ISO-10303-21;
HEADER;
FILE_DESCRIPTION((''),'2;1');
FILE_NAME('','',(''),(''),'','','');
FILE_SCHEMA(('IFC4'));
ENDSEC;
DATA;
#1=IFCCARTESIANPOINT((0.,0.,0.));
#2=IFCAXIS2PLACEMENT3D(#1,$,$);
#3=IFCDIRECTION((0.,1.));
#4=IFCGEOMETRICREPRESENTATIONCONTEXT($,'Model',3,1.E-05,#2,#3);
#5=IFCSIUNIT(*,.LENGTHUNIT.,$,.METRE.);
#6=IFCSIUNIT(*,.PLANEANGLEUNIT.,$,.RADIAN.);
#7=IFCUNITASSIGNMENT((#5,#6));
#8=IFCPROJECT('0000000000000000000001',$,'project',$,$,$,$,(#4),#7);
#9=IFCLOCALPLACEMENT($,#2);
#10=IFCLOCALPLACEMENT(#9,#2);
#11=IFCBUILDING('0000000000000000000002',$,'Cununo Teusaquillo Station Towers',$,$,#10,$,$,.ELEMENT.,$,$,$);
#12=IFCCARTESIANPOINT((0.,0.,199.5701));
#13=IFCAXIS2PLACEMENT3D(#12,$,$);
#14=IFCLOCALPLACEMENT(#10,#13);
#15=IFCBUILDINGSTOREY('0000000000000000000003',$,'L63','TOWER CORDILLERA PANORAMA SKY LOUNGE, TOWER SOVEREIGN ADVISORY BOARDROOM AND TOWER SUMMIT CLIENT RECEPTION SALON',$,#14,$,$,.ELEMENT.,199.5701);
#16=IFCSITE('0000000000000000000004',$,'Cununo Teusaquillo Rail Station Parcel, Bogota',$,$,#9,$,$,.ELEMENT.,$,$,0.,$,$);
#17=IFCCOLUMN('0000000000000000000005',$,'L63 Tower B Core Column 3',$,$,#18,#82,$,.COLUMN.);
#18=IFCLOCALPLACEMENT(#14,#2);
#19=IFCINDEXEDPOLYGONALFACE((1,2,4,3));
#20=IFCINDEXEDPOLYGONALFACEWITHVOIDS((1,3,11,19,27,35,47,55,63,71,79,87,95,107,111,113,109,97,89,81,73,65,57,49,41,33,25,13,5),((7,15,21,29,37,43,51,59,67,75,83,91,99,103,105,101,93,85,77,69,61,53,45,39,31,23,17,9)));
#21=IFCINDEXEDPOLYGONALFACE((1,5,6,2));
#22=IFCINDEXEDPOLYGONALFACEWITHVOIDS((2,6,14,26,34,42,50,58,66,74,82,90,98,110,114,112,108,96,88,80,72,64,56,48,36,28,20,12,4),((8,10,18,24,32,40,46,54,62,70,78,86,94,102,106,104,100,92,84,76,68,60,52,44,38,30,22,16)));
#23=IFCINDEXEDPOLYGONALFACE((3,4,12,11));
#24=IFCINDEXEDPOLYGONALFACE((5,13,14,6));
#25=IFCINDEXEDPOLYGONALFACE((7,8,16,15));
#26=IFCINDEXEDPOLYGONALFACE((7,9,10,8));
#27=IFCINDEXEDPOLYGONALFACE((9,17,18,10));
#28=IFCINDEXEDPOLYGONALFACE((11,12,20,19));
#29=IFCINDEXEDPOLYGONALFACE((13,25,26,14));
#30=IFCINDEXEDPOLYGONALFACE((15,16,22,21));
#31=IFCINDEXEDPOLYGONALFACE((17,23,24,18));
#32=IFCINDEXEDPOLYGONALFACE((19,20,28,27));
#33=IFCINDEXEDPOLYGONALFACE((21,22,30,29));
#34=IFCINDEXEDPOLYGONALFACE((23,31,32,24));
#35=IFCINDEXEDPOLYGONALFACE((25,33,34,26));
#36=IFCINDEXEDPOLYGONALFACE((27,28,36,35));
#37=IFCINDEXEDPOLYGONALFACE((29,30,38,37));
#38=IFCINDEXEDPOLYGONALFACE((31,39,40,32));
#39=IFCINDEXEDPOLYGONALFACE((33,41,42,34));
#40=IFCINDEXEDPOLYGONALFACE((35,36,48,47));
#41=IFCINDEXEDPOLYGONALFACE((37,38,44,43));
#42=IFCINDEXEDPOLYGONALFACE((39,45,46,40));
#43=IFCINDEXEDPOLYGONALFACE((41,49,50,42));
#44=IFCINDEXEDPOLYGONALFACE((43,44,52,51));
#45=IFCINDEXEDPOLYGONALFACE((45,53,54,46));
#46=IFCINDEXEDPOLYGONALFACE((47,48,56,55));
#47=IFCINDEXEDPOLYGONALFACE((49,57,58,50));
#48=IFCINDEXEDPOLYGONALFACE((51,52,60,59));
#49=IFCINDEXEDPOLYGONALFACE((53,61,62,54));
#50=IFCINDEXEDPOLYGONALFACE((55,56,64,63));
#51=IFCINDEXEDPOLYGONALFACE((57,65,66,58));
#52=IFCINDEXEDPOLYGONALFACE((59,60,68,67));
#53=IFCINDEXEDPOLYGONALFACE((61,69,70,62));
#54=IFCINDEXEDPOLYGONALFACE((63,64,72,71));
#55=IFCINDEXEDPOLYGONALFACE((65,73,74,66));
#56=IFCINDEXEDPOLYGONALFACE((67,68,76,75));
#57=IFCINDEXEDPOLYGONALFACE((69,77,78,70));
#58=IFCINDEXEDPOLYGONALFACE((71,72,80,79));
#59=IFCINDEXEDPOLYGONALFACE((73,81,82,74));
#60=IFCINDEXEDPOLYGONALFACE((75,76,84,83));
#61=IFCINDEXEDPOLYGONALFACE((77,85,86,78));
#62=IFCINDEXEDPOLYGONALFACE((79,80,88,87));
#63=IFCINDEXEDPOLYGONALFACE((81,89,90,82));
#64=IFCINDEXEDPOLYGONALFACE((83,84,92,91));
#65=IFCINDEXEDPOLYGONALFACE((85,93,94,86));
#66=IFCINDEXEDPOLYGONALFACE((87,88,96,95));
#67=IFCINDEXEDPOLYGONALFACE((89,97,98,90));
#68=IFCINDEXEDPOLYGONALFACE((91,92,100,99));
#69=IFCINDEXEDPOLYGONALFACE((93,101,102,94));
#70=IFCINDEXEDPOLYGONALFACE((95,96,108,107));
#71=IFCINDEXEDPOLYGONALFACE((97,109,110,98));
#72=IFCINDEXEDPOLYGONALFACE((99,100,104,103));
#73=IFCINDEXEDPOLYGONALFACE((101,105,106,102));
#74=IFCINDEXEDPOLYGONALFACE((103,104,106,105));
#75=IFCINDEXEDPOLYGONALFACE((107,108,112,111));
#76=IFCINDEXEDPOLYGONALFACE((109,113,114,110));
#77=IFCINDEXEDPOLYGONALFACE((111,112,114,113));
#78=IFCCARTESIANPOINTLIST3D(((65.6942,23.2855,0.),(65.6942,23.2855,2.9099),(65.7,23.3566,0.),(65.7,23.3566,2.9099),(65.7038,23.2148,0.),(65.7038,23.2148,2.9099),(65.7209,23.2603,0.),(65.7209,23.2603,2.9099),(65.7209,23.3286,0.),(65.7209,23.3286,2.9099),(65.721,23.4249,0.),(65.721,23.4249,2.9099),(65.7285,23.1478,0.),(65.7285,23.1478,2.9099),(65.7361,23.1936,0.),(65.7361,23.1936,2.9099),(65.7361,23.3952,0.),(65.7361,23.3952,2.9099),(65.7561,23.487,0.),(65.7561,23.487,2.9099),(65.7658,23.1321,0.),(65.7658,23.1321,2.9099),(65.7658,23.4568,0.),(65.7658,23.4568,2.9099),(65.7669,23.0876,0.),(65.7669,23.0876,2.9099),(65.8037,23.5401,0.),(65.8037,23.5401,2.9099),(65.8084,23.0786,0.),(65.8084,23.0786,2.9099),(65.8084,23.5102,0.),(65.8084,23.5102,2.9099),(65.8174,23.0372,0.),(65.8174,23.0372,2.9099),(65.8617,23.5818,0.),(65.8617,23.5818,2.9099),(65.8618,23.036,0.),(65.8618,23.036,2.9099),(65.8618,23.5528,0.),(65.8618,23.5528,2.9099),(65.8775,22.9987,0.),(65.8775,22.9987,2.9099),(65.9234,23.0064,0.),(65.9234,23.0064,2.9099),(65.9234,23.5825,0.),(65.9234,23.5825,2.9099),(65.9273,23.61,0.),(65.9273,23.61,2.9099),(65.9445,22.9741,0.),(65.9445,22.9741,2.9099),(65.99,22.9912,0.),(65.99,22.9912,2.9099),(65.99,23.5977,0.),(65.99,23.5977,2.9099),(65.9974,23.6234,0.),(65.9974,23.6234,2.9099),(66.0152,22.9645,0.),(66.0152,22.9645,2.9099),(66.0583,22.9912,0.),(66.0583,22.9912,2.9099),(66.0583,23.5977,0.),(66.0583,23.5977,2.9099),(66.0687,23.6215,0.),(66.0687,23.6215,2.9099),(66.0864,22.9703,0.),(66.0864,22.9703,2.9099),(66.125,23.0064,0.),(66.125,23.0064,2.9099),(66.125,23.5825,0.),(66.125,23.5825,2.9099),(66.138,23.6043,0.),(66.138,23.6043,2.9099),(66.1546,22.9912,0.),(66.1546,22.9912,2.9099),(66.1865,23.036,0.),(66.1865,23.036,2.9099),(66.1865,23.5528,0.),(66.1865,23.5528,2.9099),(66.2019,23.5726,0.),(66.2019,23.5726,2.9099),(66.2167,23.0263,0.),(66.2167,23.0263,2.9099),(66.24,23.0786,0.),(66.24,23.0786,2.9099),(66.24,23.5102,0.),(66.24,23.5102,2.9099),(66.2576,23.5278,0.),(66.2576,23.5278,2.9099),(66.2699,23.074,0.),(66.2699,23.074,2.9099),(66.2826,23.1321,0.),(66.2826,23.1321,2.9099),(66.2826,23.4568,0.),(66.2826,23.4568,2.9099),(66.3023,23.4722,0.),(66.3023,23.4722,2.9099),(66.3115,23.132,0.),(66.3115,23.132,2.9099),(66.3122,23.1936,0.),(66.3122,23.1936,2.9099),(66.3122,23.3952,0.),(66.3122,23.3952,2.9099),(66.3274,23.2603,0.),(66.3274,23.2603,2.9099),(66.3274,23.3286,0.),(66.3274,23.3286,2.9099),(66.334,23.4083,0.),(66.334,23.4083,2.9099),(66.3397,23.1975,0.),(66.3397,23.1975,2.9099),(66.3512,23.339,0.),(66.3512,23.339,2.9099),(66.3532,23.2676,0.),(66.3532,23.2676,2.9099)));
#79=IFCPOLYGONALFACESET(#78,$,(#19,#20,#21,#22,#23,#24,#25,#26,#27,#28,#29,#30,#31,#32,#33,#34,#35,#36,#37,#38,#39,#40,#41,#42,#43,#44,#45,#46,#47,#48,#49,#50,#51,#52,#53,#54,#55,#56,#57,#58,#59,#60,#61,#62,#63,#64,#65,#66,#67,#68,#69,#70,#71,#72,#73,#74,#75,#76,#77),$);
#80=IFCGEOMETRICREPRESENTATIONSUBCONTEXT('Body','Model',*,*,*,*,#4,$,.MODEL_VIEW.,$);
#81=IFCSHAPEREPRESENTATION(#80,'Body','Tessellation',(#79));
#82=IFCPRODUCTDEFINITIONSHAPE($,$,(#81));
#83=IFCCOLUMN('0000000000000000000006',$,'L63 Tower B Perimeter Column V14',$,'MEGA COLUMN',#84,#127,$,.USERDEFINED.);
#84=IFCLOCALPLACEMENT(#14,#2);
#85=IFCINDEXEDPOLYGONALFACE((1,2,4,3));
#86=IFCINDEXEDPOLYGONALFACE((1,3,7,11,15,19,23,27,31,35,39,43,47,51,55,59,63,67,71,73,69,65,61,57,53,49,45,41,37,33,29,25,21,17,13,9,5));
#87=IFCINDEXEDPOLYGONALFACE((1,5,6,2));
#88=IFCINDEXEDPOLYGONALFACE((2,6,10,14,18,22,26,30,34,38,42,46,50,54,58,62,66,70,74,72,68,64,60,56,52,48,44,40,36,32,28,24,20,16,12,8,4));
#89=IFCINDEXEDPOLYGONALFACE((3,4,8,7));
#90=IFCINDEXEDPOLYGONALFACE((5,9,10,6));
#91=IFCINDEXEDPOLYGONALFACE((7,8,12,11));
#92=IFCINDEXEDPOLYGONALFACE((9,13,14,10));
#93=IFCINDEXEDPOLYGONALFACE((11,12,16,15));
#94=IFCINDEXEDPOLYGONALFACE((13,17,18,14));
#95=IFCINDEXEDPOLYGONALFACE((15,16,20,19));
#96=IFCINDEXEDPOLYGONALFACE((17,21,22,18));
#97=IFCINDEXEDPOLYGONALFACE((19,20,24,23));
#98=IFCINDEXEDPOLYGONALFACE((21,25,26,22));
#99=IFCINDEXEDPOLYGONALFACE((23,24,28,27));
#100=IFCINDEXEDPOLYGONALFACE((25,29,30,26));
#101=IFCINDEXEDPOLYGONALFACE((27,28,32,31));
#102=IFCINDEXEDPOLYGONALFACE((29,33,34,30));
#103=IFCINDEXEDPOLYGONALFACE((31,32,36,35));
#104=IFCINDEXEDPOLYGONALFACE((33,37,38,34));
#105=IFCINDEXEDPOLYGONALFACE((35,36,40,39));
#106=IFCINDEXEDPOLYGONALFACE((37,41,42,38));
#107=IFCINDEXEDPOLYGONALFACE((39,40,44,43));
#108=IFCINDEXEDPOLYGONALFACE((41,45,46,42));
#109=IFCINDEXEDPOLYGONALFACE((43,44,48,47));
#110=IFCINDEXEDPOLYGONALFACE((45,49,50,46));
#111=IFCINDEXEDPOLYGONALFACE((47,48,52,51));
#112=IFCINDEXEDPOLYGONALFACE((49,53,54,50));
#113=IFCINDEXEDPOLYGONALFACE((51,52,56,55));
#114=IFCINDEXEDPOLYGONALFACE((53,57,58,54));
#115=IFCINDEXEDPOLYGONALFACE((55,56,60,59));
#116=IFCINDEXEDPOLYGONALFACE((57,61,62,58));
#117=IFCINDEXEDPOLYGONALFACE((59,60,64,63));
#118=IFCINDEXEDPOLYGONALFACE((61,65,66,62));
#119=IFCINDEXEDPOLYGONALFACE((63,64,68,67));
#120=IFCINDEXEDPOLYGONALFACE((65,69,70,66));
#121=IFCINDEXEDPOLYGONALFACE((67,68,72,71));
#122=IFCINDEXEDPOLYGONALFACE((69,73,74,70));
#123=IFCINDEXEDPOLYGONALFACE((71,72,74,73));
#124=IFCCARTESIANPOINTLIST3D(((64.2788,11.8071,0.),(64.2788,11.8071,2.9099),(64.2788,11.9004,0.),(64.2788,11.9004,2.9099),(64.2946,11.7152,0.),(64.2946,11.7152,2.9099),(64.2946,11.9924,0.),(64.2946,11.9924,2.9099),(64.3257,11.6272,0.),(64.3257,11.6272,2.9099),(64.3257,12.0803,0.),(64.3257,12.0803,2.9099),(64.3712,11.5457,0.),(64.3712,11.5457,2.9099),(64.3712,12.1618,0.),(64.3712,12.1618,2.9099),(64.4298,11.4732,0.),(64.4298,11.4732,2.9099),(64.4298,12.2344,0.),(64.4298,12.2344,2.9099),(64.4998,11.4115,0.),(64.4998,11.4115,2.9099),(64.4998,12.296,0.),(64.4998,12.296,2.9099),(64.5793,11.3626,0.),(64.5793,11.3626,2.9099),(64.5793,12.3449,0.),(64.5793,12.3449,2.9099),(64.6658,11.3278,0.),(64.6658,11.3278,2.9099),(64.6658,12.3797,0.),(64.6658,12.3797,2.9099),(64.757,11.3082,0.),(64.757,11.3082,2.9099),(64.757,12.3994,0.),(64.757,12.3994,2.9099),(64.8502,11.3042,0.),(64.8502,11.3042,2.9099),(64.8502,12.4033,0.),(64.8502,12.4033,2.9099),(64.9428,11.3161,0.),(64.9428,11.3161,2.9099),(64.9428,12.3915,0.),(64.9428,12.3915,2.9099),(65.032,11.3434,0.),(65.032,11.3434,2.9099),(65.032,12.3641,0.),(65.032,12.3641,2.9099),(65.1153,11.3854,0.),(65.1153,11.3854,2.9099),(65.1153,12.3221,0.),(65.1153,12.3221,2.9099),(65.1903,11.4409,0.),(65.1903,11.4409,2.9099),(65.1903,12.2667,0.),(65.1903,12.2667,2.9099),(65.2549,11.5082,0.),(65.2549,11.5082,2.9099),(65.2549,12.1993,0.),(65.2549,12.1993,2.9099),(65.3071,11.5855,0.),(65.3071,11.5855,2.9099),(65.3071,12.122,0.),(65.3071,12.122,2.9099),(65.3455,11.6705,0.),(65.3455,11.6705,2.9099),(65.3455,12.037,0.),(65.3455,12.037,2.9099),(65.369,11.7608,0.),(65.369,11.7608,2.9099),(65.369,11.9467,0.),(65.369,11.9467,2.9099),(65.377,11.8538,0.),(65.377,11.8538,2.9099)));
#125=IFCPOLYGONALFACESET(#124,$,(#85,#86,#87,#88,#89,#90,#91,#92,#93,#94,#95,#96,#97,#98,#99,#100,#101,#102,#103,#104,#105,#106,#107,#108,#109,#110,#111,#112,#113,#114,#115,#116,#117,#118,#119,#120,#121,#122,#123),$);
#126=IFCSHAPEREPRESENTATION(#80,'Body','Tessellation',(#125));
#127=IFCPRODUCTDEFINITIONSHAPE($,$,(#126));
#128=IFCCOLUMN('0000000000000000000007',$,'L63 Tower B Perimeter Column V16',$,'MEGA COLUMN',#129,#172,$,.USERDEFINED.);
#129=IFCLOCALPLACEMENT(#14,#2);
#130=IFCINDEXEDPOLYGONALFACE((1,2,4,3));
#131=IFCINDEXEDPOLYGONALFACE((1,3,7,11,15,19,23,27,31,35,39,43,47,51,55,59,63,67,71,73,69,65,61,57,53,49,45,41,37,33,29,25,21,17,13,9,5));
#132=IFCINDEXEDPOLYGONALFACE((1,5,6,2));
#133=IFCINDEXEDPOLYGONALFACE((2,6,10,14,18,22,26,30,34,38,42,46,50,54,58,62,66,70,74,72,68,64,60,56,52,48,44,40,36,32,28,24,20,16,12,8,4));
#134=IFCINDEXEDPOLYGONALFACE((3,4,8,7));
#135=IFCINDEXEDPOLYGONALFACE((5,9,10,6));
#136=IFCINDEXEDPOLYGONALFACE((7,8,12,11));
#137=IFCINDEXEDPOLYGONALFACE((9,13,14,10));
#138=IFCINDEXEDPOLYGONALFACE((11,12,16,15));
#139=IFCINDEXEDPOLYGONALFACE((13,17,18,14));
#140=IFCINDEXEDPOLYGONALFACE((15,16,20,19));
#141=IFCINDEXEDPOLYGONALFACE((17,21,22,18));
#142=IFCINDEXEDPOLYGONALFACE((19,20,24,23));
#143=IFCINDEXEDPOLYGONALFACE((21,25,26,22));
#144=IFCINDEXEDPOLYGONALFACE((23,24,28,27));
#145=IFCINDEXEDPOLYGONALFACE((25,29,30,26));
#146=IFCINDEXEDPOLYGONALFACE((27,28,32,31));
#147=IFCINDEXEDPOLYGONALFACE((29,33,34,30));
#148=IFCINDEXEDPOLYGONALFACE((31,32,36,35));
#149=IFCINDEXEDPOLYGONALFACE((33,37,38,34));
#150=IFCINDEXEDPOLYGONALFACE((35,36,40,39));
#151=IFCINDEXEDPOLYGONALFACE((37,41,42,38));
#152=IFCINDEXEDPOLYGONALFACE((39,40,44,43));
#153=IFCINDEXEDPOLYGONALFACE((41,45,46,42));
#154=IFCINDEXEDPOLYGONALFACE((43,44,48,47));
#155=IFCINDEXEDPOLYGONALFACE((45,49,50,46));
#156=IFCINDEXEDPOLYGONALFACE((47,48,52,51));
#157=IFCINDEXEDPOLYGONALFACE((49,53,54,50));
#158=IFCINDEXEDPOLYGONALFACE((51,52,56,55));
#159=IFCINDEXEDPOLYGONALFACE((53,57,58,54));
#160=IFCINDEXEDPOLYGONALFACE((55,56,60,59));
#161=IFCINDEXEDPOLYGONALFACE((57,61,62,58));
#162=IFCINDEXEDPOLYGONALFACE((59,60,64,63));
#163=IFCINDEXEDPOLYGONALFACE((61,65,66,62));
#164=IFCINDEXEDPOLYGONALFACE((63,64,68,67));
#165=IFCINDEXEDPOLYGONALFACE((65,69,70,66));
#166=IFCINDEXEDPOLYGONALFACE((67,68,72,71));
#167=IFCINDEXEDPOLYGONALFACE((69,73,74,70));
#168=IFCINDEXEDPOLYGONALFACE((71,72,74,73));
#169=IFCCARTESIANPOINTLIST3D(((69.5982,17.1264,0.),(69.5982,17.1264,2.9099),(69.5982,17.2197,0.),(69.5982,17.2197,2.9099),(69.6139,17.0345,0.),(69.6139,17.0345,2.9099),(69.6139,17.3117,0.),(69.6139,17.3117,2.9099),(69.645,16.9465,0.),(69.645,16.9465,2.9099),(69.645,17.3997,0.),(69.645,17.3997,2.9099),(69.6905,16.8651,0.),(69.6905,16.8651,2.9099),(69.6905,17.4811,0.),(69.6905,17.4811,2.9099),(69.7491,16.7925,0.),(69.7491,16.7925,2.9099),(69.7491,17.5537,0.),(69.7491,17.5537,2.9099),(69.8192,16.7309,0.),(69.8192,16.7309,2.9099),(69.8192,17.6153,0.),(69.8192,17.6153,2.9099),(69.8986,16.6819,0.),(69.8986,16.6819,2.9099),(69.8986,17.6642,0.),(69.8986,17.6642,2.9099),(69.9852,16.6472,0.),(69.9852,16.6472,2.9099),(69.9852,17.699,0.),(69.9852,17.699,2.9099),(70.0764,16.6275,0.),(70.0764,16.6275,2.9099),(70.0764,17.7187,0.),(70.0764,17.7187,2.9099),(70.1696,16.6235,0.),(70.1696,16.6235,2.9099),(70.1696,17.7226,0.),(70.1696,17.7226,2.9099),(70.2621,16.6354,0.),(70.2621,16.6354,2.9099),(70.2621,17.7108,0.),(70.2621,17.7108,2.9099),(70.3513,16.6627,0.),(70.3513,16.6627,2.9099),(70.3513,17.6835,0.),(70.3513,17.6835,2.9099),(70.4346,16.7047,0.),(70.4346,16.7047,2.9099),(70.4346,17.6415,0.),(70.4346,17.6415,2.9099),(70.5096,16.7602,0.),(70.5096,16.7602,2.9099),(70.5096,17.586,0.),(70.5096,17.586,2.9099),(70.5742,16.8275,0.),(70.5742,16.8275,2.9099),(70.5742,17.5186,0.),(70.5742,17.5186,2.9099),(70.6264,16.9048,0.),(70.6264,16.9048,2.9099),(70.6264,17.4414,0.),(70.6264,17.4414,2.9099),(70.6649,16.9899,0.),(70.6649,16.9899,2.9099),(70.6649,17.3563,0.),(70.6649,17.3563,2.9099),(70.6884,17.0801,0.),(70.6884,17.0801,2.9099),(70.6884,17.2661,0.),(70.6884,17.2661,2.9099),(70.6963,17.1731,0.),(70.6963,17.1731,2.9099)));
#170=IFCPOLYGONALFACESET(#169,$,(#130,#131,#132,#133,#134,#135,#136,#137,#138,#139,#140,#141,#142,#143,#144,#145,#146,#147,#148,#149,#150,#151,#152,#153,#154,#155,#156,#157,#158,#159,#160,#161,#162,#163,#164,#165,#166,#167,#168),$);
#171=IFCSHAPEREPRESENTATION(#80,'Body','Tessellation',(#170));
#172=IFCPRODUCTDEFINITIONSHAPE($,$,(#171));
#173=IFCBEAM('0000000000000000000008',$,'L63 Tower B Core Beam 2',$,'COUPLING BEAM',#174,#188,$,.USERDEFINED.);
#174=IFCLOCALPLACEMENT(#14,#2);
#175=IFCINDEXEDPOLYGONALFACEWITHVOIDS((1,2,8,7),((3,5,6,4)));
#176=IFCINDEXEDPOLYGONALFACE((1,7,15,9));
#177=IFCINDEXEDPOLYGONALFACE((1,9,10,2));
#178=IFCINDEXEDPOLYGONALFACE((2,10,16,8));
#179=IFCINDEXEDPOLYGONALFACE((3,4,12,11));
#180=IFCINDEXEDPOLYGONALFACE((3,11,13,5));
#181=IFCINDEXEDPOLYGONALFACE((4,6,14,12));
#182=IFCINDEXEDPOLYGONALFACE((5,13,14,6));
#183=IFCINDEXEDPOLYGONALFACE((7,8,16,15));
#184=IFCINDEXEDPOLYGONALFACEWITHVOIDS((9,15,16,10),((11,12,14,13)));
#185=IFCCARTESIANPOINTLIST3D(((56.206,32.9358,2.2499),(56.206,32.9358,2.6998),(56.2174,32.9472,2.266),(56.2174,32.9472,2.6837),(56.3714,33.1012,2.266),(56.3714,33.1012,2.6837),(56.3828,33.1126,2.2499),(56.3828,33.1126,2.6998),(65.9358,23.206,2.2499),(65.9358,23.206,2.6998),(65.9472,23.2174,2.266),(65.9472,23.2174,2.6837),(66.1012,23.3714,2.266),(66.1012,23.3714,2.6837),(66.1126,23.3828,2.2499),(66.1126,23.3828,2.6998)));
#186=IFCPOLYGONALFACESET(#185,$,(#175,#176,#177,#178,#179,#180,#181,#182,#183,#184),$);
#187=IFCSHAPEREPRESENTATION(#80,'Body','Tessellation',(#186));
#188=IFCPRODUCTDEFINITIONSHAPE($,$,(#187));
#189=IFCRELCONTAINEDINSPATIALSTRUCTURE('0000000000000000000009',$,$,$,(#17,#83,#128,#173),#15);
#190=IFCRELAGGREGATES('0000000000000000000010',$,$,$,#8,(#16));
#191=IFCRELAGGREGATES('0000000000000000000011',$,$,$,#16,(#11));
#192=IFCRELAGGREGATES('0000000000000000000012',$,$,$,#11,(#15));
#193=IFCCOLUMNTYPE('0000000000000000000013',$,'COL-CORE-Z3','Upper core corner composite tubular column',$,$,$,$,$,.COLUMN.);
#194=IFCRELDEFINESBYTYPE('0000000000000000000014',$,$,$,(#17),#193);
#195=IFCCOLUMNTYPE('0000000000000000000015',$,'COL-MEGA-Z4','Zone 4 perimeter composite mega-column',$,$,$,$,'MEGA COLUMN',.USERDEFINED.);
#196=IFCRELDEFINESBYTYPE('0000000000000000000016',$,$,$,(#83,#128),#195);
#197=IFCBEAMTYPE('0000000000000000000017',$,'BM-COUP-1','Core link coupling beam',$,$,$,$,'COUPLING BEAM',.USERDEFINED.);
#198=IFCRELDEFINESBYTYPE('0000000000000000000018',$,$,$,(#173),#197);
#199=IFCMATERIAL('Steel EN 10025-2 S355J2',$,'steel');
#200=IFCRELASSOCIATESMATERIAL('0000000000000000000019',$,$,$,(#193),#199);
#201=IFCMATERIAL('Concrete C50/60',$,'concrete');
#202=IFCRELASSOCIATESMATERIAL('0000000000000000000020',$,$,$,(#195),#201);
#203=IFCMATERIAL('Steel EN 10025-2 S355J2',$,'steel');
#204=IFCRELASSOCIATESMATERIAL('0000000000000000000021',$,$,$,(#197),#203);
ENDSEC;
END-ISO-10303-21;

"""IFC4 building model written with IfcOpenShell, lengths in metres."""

from ifc_helpers import new_model, si_unit, direction, frame, origin, origin_2d, place, context, subcontext, project, spatial, hollow_rectangle, circle, hollow_circle, extrude, material, material_profile, profile_set, type_object, element, save


model = new_model("IFC4")

# Units and contexts
model_context = context("Model", 3, precision=1e-05, world=origin(), true_north=direction((0.0, 1.0)))
body_context = subcontext(model_context, "Body", "Model", "MODEL_VIEW")
ifc_project = project(units=[si_unit("LENGTHUNIT", "METRE"), si_unit("PLANEANGLEUNIT", "RADIAN")], contexts=[model_context])

# Site, building, storey
site_placement = place(None, origin())
site = spatial("IfcSite", under=ifc_project, at=site_placement, Name="Cununo Teusaquillo Rail Station Parcel, Bogota", CompositionType="ELEMENT", RefElevation=0.0)
building_placement = place(site_placement, origin())
building = spatial("IfcBuilding", under=site, at=building_placement, Name="Cununo Teusaquillo Station Towers", CompositionType="ELEMENT")
storey_placement = place(building_placement, frame((0.0, 0.0, 199.5701)))
storey = spatial("IfcBuildingStorey", under=building, at=storey_placement, Name="L63", Description="TOWER CORDILLERA PANORAMA SKY LOUNGE, TOWER SOVEREIGN ADVISORY BOARDROOM AND TOWER SUMMIT CLIENT RECEPTION SALON", CompositionType="ELEMENT", Elevation=199.5701)

# Columns
ifc_material_1 = material(Name="Steel EN 10025-2 S355J2", Category="steel")
ifc_material_profile_1 = material_profile(ifc_material_1, hollow_circle(Radius=0.3301, WallThickness=0.0249, at=origin_2d()), Name="CHS 660x25")
ifc_profile_set_1 = profile_set([ifc_material_profile_1], Name="Steel EN 10025-2 S355J2")
column_type_1 = type_object("IfcColumnType", Name="COL-CORE-Z3", Description="Upper core corner composite tubular column", PredefinedType="COLUMN", material=ifc_profile_set_1)
column_placement = place(storey_placement, frame((66.0242, 23.2944, 0.0), z_axis=(0.0, 0.0, 1.0), x_axis=(0.707107, 0.707107, 0.0)))
element("IfcColumn", 1, at=column_placement, inside=storey, type_object=column_type_1, Name="L63 Tower B Core Column 3", PredefinedType="COLUMN", context=body_context, shape_type="SweptSolid", body=[
    extrude(hollow_circle(Radius=0.3301, WallThickness=0.0249, at=origin_2d()), origin(), (0.0, 0.0, 1.0), 2.9099),
])
ifc_material_2 = material(Name="Concrete C50/60", Category="concrete")
ifc_material_profile_2 = material_profile(ifc_material_2, circle(Radius=0.55, at=origin_2d()), Name="RC-CIRC-1100")
ifc_profile_set_2 = profile_set([ifc_material_profile_2], Name="Concrete C50/60")
column_type_2 = type_object("IfcColumnType", Name="COL-MEGA-Z4", Description="Zone 4 perimeter composite mega-column", ElementType="MEGA COLUMN", PredefinedType="USERDEFINED", material=ifc_profile_set_2)
for number, where, z_axis, x_axis, name in (
    (2, (64.8269, 11.8538, 0.0), (0.0, 0.0, 1.0), (1.0, 0.0, 0.0), "L63 Tower B Perimeter Column V14"),
    (3, (70.1462, 17.1731, 0.0), (0.0, 0.0, 1.0), (1.0, 0.0, 0.0), "L63 Tower B Perimeter Column V16"),
):
    element("IfcColumn", number, at=place(storey_placement, frame(where, z_axis=z_axis, x_axis=x_axis)), inside=storey, type_object=column_type_2, Name=name, ObjectType="MEGA COLUMN", PredefinedType="USERDEFINED", context=body_context, shape_type="SweptSolid", body=[
        extrude(circle(Radius=0.55, at=origin_2d()), origin(), (0.0, 0.0, 1.0), 2.9099),
    ])

# Beam
ifc_material_3 = material(Name="Steel EN 10025-2 S355J2", Category="steel")
ifc_material_profile_3 = material_profile(ifc_material_3, hollow_rectangle(XDim=0.25, YDim=0.45, WallThickness=0.0161, at=origin_2d()), Name="RHS 450x250x16")
ifc_profile_set_3 = profile_set([ifc_material_profile_3], Name="Steel EN 10025-2 S355J2")
beam_type_1 = type_object("IfcBeamType", Name="BM-COUP-1", Description="Core link coupling beam", ElementType="COUPLING BEAM", PredefinedType="USERDEFINED", material=ifc_profile_set_3)
beam_1_placement = place(storey_placement, frame((66.0242, 23.2944, 2.4749), z_axis=(-0.707107, 0.707107, 0.0), x_axis=(-0.707107, -0.707107, 0.0)))
element("IfcBeam", 4, at=beam_1_placement, inside=storey, type_object=beam_type_1, Name="L63 Tower B Core Beam 2", ObjectType="COUPLING BEAM", PredefinedType="USERDEFINED", context=body_context, shape_type="SweptSolid", body=[
    extrude(hollow_rectangle(XDim=0.25, YDim=0.45, WallThickness=0.0161, at=origin_2d()), origin(), (0.0, 0.0, 1.0), 13.76),
])

save(model, "model.ifc")
